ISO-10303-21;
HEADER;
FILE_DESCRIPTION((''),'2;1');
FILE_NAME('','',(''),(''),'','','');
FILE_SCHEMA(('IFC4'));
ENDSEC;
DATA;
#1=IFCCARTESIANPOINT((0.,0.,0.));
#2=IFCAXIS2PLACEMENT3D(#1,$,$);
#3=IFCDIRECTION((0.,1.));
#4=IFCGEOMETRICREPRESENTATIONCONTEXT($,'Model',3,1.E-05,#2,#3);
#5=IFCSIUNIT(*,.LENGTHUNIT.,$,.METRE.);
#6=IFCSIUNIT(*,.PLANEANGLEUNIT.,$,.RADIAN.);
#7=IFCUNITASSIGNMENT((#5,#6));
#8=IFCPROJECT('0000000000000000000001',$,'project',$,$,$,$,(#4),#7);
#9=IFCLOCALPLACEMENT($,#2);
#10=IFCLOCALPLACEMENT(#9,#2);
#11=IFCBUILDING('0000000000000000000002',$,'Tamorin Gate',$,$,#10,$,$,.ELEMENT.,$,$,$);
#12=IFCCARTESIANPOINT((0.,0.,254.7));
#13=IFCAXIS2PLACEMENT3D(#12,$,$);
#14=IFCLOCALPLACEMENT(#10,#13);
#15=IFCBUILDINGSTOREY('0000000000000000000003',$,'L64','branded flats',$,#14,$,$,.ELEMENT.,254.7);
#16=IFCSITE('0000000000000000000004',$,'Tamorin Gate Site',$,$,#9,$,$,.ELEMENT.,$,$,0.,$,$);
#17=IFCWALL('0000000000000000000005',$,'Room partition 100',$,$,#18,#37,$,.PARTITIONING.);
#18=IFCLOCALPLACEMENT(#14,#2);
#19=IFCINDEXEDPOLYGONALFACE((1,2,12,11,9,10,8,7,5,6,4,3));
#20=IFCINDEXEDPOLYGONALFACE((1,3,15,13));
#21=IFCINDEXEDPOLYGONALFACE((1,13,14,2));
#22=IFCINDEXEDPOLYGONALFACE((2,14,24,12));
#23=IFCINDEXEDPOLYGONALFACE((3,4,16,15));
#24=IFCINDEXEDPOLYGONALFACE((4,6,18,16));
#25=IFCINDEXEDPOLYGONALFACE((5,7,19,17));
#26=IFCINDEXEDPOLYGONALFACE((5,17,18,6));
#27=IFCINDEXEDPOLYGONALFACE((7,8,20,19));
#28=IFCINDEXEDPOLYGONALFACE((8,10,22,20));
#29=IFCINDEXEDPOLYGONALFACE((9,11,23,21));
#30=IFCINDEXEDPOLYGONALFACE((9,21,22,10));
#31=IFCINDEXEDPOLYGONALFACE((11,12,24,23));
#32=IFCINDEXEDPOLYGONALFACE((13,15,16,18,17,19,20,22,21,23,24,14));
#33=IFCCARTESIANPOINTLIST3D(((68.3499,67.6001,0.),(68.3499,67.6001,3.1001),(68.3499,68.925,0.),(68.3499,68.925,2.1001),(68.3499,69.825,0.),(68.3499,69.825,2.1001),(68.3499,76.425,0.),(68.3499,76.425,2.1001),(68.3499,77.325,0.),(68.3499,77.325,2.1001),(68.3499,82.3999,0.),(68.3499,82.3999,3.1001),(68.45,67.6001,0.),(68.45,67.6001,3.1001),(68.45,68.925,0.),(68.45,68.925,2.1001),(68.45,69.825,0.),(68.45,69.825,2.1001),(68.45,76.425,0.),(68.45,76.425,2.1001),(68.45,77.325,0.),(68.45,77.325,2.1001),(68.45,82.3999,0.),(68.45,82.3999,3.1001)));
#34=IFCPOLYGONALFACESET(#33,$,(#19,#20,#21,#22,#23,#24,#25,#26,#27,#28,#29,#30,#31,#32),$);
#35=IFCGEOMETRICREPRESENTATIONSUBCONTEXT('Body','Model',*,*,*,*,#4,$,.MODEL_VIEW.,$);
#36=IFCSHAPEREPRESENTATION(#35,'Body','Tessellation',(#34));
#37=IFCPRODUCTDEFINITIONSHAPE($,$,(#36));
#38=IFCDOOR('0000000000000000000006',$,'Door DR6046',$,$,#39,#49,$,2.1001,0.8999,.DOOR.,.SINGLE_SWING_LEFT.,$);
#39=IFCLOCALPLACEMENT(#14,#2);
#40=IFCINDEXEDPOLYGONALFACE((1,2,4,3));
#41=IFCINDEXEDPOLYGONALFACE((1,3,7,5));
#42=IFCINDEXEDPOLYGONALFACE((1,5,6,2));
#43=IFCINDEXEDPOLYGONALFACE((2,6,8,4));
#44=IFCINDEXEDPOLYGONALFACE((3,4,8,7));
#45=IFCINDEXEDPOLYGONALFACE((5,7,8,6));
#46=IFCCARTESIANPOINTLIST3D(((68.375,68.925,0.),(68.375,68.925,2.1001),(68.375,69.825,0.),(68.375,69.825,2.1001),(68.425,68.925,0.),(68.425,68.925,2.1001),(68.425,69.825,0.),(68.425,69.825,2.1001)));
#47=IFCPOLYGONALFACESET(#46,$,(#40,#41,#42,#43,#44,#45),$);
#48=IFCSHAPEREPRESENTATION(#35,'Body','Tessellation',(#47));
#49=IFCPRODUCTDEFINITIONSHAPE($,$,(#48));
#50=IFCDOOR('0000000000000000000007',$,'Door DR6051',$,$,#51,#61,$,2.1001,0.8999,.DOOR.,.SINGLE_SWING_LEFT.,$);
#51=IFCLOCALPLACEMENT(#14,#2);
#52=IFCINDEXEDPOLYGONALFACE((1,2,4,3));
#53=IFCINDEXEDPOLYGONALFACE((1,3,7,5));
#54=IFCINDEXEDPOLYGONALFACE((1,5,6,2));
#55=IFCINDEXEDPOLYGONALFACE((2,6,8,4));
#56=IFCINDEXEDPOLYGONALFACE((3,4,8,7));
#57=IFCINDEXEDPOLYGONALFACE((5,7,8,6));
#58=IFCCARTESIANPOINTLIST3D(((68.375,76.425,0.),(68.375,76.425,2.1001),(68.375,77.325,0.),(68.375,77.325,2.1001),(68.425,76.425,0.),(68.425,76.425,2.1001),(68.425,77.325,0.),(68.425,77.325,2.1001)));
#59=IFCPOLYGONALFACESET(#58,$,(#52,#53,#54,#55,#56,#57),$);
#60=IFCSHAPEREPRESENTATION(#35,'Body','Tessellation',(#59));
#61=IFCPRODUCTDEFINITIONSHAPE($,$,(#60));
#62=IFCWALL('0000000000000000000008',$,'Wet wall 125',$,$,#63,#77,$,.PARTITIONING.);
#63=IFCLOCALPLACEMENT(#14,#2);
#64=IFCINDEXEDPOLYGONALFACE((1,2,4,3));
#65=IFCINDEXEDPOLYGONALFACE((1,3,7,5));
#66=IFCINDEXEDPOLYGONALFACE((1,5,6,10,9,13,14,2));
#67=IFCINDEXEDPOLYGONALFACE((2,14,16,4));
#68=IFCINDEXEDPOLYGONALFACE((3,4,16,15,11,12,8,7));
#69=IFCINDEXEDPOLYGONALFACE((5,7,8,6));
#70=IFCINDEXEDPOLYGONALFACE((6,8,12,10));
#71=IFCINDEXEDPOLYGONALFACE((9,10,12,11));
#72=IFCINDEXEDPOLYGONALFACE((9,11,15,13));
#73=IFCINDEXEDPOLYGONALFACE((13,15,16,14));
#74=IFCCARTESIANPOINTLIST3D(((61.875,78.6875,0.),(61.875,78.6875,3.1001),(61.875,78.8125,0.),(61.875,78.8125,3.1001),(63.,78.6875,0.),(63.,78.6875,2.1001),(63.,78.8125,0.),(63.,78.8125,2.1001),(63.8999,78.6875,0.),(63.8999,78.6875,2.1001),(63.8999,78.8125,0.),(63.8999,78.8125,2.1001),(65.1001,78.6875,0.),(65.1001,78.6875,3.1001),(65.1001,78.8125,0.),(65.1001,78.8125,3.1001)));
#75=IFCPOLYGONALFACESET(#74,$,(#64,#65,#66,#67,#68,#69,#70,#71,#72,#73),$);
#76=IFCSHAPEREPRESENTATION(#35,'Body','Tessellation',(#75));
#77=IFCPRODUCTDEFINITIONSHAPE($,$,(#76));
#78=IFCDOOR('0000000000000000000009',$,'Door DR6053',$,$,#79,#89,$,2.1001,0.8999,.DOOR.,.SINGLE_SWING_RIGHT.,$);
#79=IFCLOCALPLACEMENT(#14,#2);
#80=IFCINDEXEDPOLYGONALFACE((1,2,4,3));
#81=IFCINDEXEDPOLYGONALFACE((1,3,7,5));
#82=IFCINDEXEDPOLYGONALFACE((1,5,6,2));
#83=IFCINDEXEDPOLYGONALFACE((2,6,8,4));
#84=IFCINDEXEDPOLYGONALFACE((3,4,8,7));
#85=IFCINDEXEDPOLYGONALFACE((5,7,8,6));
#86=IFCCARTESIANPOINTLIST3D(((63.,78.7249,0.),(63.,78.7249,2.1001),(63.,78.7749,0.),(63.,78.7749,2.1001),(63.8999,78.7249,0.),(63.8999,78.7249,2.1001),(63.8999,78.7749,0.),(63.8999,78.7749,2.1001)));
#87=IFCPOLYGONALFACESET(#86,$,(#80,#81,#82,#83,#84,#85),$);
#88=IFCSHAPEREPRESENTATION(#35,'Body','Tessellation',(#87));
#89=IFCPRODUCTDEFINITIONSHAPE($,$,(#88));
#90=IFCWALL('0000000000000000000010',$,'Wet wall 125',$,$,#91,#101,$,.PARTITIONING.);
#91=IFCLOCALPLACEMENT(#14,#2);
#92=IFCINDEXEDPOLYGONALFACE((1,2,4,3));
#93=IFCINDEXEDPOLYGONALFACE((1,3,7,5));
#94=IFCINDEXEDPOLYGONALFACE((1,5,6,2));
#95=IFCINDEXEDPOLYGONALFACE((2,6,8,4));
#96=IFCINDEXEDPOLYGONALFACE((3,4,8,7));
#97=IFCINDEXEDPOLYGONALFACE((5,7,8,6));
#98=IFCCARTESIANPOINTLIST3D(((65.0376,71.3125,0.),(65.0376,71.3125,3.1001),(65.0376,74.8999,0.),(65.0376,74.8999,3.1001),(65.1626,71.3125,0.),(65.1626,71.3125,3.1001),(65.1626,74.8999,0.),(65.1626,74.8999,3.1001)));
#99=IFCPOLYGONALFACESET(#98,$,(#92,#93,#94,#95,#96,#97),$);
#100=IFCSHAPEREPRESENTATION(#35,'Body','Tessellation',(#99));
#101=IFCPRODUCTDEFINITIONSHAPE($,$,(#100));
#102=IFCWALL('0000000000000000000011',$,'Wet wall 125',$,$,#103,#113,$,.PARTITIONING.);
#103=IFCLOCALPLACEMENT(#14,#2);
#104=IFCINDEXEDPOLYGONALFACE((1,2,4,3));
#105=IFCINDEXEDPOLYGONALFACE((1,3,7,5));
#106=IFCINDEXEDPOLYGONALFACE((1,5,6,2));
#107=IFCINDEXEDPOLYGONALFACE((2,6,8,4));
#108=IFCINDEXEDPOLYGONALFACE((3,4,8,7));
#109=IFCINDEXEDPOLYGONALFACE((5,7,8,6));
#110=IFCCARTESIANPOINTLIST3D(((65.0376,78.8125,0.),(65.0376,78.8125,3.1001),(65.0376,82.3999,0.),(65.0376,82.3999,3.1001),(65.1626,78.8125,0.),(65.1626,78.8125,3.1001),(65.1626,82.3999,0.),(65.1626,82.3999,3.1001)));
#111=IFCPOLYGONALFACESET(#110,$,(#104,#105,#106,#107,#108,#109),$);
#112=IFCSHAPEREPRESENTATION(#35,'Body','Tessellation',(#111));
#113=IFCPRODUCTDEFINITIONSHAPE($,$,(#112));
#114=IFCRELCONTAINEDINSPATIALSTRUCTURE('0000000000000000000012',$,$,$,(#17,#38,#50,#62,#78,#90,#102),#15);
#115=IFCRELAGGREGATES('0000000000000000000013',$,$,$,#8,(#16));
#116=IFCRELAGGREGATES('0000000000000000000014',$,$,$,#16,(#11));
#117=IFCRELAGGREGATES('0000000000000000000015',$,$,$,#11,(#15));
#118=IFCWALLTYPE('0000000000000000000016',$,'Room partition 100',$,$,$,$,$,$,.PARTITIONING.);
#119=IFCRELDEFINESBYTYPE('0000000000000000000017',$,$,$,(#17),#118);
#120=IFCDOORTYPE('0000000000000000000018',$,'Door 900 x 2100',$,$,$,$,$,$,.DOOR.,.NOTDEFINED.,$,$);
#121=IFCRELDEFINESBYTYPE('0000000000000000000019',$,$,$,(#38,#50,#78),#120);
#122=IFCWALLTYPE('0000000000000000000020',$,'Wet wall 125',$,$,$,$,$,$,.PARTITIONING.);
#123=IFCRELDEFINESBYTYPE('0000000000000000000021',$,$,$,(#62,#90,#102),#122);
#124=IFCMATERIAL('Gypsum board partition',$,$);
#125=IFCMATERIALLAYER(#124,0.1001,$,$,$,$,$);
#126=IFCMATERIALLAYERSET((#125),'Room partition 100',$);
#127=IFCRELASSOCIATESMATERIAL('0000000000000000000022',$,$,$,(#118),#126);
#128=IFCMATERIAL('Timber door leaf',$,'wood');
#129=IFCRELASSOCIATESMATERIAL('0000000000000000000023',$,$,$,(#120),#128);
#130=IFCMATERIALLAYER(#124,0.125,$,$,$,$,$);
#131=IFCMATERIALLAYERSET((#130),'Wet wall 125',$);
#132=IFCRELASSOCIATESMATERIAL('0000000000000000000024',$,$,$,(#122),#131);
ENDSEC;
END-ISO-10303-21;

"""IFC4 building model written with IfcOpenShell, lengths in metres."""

from ifc_helpers import new_model, si_unit, direction, frame, frame_2d, origin, place, context, subcontext, project, spatial, rectangle, extrude, material, layer, layer_set, type_object, element, fill, save


model = new_model("IFC4")

# Units and contexts
model_context = context("Model", 3, precision=1e-05, world=origin(), true_north=direction((0.0, 1.0)))
body_context = subcontext(model_context, "Body", "Model", "MODEL_VIEW")
ifc_project = project(units=[si_unit("LENGTHUNIT", "METRE"), si_unit("PLANEANGLEUNIT", "RADIAN")], contexts=[model_context])

# Site, building, storey
site_placement = place(None, origin())
site = spatial("IfcSite", under=ifc_project, at=site_placement, Name="Tamorin Gate Site", CompositionType="ELEMENT", RefElevation=0.0)
building_placement = place(site_placement, origin())
building = spatial("IfcBuilding", under=site, at=building_placement, Name="Tamorin Gate", CompositionType="ELEMENT")
storey_placement = place(building_placement, frame((0.0, 0.0, 254.7)))
storey = spatial("IfcBuildingStorey", under=building, at=storey_placement, Name="L64", Description="branded flats", CompositionType="ELEMENT", Elevation=254.7)

# Wall, openings, doors
ifc_material_1 = material(Name="Gypsum board partition")
ifc_layer_1 = layer(ifc_material_1, 0.1001)
ifc_layer_set_1 = layer_set([ifc_layer_1], Name="Room partition 100")
wall_type_1 = type_object("IfcWallType", Name="Room partition 100", PredefinedType="PARTITIONING", material=ifc_layer_set_1)
ifc_material_2 = material(Name="Timber door leaf", Category="wood")
door_type = type_object("IfcDoorType", Name="Door 900 x 2100", OperationType="NOTDEFINED", PredefinedType="DOOR", material=ifc_material_2)
wall_1_placement = place(storey_placement, frame((68.3999, 67.6001, 0.0), z_axis=(0.0, 0.0, 1.0), x_axis=(0.0, 1.0, 0.0)))
wall_1 = element("IfcWall", 1, at=wall_1_placement, inside=storey, type_object=wall_type_1, Name="Room partition 100", PredefinedType="PARTITIONING", context=body_context, shape_type="SweptSolid", body=[
    extrude(rectangle(XDim=14.7998, YDim=0.1001, at=frame_2d((7.3999, 0.0))), origin(), (0.0, 0.0, 1.0), 3.1001),
])
opening_1_placement = place(wall_1_placement, frame((1.325, 0.0, 0.0)))
opening_1 = element("IfcOpeningElement", 2, at=opening_1_placement, cuts=wall_1, PredefinedType="OPENING", context=body_context, shape_type="SweptSolid", body=[
    extrude(rectangle(XDim=0.8999, YDim=2.1001, at=frame_2d((0.45, 1.05))), frame((0.0, 0.0601, 0.0), z_axis=(0.0, -1.0, 0.0), x_axis=(1.0, 0.0, 0.0)), (0.0, 0.0, 1.0), 0.1201),
])
opening_2_placement = place(wall_1_placement, frame((8.825, 0.0, 0.0)))
opening_2 = element("IfcOpeningElement", 3, at=opening_2_placement, cuts=wall_1, PredefinedType="OPENING", context=body_context, shape_type="SweptSolid", body=[
    extrude(rectangle(XDim=0.8999, YDim=2.1001, at=frame_2d((0.45, 1.05))), frame((0.0, 0.0601, 0.0), z_axis=(0.0, -1.0, 0.0), x_axis=(1.0, 0.0, 0.0)), (0.0, 0.0, 1.0), 0.1201),
])
door_1_placement = place(opening_1_placement, origin())
door_1 = element("IfcDoor", 4, at=door_1_placement, inside=storey, type_object=door_type, Name="Door DR6046", OperationType="SINGLE_SWING_LEFT", OverallHeight=2.1001, OverallWidth=0.8999, PredefinedType="DOOR", context=body_context, shape_type="SweptSolid", body=[
    extrude(rectangle(XDim=0.8999, YDim=2.1001, at=frame_2d((0.45, 1.05))), frame((0.0, 0.0249, 0.0), z_axis=(0.0, -1.0, 0.0), x_axis=(1.0, 0.0, 0.0)), (0.0, 0.0, 1.0), 0.05),
])
fill(opening_1, door_1)
door_2_placement = place(opening_2_placement, origin())
door_2 = element("IfcDoor", 5, at=door_2_placement, inside=storey, type_object=door_type, Name="Door DR6051", OperationType="SINGLE_SWING_LEFT", OverallHeight=2.1001, OverallWidth=0.8999, PredefinedType="DOOR", context=body_context, shape_type="SweptSolid", body=[
    extrude(rectangle(XDim=0.8999, YDim=2.1001, at=frame_2d((0.45, 1.05))), frame((0.0, 0.0249, 0.0), z_axis=(0.0, -1.0, 0.0), x_axis=(1.0, 0.0, 0.0)), (0.0, 0.0, 1.0), 0.05),
])
fill(opening_2, door_2)

# Wall, opening, door
ifc_layer_2 = layer(ifc_material_1, 0.125)
ifc_layer_set_2 = layer_set([ifc_layer_2], Name="Wet wall 125")
wall_type_2 = type_object("IfcWallType", Name="Wet wall 125", PredefinedType="PARTITIONING", material=ifc_layer_set_2)
wall_2_placement = place(storey_placement, frame((61.875, 78.75, 0.0), z_axis=(0.0, 0.0, 1.0), x_axis=(1.0, 0.0, 0.0)))
wall_2 = element("IfcWall", 6, at=wall_2_placement, inside=storey, type_object=wall_type_2, Name="Wet wall 125", PredefinedType="PARTITIONING", context=body_context, shape_type="SweptSolid", body=[
    extrude(rectangle(XDim=3.2251, YDim=0.125, at=frame_2d((1.6125, 0.0))), origin(), (0.0, 0.0, 1.0), 3.1001),
])
opening_3_placement = place(wall_2_placement, frame((1.125, 0.0, 0.0)))
opening_3 = element("IfcOpeningElement", 7, at=opening_3_placement, cuts=wall_2, PredefinedType="OPENING", context=body_context, shape_type="SweptSolid", body=[
    extrude(rectangle(XDim=0.8999, YDim=2.1001, at=frame_2d((0.45, 1.05))), frame((0.0, 0.0725, 0.0), z_axis=(0.0, -1.0, 0.0), x_axis=(1.0, 0.0, 0.0)), (0.0, 0.0, 1.0), 0.145),
])
door_3_placement = place(opening_3_placement, origin())
door_3 = element("IfcDoor", 8, at=door_3_placement, inside=storey, type_object=door_type, Name="Door DR6053", OperationType="SINGLE_SWING_RIGHT", OverallHeight=2.1001, OverallWidth=0.8999, PredefinedType="DOOR", context=body_context, shape_type="SweptSolid", body=[
    extrude(rectangle(XDim=0.8999, YDim=2.1001, at=frame_2d((0.45, 1.05))), frame((0.0, 0.0249, 0.0), z_axis=(0.0, -1.0, 0.0), x_axis=(1.0, 0.0, 0.0)), (0.0, 0.0, 1.0), 0.05),
])
fill(opening_3, door_3)

# Walls
for number, where, z_axis, x_axis, name in (
    (9, (65.1001, 71.3125, 0.0), (0.0, 0.0, 1.0), (0.0, 1.0, 0.0), "Wet wall 125"),
    (10, (65.1001, 78.8125, 0.0), (0.0, 0.0, 1.0), (0.0, 1.0, 0.0), "Wet wall 125"),
):
    element("IfcWall", number, at=place(storey_placement, frame(where, z_axis=z_axis, x_axis=x_axis)), inside=storey, type_object=wall_type_2, Name=name, PredefinedType="PARTITIONING", context=body_context, shape_type="SweptSolid", body=[
        extrude(rectangle(XDim=3.5874, YDim=0.125, at=frame_2d((1.7937, 0.0))), origin(), (0.0, 0.0, 1.0), 3.1001),
    ])

save(model, "model.ifc")
